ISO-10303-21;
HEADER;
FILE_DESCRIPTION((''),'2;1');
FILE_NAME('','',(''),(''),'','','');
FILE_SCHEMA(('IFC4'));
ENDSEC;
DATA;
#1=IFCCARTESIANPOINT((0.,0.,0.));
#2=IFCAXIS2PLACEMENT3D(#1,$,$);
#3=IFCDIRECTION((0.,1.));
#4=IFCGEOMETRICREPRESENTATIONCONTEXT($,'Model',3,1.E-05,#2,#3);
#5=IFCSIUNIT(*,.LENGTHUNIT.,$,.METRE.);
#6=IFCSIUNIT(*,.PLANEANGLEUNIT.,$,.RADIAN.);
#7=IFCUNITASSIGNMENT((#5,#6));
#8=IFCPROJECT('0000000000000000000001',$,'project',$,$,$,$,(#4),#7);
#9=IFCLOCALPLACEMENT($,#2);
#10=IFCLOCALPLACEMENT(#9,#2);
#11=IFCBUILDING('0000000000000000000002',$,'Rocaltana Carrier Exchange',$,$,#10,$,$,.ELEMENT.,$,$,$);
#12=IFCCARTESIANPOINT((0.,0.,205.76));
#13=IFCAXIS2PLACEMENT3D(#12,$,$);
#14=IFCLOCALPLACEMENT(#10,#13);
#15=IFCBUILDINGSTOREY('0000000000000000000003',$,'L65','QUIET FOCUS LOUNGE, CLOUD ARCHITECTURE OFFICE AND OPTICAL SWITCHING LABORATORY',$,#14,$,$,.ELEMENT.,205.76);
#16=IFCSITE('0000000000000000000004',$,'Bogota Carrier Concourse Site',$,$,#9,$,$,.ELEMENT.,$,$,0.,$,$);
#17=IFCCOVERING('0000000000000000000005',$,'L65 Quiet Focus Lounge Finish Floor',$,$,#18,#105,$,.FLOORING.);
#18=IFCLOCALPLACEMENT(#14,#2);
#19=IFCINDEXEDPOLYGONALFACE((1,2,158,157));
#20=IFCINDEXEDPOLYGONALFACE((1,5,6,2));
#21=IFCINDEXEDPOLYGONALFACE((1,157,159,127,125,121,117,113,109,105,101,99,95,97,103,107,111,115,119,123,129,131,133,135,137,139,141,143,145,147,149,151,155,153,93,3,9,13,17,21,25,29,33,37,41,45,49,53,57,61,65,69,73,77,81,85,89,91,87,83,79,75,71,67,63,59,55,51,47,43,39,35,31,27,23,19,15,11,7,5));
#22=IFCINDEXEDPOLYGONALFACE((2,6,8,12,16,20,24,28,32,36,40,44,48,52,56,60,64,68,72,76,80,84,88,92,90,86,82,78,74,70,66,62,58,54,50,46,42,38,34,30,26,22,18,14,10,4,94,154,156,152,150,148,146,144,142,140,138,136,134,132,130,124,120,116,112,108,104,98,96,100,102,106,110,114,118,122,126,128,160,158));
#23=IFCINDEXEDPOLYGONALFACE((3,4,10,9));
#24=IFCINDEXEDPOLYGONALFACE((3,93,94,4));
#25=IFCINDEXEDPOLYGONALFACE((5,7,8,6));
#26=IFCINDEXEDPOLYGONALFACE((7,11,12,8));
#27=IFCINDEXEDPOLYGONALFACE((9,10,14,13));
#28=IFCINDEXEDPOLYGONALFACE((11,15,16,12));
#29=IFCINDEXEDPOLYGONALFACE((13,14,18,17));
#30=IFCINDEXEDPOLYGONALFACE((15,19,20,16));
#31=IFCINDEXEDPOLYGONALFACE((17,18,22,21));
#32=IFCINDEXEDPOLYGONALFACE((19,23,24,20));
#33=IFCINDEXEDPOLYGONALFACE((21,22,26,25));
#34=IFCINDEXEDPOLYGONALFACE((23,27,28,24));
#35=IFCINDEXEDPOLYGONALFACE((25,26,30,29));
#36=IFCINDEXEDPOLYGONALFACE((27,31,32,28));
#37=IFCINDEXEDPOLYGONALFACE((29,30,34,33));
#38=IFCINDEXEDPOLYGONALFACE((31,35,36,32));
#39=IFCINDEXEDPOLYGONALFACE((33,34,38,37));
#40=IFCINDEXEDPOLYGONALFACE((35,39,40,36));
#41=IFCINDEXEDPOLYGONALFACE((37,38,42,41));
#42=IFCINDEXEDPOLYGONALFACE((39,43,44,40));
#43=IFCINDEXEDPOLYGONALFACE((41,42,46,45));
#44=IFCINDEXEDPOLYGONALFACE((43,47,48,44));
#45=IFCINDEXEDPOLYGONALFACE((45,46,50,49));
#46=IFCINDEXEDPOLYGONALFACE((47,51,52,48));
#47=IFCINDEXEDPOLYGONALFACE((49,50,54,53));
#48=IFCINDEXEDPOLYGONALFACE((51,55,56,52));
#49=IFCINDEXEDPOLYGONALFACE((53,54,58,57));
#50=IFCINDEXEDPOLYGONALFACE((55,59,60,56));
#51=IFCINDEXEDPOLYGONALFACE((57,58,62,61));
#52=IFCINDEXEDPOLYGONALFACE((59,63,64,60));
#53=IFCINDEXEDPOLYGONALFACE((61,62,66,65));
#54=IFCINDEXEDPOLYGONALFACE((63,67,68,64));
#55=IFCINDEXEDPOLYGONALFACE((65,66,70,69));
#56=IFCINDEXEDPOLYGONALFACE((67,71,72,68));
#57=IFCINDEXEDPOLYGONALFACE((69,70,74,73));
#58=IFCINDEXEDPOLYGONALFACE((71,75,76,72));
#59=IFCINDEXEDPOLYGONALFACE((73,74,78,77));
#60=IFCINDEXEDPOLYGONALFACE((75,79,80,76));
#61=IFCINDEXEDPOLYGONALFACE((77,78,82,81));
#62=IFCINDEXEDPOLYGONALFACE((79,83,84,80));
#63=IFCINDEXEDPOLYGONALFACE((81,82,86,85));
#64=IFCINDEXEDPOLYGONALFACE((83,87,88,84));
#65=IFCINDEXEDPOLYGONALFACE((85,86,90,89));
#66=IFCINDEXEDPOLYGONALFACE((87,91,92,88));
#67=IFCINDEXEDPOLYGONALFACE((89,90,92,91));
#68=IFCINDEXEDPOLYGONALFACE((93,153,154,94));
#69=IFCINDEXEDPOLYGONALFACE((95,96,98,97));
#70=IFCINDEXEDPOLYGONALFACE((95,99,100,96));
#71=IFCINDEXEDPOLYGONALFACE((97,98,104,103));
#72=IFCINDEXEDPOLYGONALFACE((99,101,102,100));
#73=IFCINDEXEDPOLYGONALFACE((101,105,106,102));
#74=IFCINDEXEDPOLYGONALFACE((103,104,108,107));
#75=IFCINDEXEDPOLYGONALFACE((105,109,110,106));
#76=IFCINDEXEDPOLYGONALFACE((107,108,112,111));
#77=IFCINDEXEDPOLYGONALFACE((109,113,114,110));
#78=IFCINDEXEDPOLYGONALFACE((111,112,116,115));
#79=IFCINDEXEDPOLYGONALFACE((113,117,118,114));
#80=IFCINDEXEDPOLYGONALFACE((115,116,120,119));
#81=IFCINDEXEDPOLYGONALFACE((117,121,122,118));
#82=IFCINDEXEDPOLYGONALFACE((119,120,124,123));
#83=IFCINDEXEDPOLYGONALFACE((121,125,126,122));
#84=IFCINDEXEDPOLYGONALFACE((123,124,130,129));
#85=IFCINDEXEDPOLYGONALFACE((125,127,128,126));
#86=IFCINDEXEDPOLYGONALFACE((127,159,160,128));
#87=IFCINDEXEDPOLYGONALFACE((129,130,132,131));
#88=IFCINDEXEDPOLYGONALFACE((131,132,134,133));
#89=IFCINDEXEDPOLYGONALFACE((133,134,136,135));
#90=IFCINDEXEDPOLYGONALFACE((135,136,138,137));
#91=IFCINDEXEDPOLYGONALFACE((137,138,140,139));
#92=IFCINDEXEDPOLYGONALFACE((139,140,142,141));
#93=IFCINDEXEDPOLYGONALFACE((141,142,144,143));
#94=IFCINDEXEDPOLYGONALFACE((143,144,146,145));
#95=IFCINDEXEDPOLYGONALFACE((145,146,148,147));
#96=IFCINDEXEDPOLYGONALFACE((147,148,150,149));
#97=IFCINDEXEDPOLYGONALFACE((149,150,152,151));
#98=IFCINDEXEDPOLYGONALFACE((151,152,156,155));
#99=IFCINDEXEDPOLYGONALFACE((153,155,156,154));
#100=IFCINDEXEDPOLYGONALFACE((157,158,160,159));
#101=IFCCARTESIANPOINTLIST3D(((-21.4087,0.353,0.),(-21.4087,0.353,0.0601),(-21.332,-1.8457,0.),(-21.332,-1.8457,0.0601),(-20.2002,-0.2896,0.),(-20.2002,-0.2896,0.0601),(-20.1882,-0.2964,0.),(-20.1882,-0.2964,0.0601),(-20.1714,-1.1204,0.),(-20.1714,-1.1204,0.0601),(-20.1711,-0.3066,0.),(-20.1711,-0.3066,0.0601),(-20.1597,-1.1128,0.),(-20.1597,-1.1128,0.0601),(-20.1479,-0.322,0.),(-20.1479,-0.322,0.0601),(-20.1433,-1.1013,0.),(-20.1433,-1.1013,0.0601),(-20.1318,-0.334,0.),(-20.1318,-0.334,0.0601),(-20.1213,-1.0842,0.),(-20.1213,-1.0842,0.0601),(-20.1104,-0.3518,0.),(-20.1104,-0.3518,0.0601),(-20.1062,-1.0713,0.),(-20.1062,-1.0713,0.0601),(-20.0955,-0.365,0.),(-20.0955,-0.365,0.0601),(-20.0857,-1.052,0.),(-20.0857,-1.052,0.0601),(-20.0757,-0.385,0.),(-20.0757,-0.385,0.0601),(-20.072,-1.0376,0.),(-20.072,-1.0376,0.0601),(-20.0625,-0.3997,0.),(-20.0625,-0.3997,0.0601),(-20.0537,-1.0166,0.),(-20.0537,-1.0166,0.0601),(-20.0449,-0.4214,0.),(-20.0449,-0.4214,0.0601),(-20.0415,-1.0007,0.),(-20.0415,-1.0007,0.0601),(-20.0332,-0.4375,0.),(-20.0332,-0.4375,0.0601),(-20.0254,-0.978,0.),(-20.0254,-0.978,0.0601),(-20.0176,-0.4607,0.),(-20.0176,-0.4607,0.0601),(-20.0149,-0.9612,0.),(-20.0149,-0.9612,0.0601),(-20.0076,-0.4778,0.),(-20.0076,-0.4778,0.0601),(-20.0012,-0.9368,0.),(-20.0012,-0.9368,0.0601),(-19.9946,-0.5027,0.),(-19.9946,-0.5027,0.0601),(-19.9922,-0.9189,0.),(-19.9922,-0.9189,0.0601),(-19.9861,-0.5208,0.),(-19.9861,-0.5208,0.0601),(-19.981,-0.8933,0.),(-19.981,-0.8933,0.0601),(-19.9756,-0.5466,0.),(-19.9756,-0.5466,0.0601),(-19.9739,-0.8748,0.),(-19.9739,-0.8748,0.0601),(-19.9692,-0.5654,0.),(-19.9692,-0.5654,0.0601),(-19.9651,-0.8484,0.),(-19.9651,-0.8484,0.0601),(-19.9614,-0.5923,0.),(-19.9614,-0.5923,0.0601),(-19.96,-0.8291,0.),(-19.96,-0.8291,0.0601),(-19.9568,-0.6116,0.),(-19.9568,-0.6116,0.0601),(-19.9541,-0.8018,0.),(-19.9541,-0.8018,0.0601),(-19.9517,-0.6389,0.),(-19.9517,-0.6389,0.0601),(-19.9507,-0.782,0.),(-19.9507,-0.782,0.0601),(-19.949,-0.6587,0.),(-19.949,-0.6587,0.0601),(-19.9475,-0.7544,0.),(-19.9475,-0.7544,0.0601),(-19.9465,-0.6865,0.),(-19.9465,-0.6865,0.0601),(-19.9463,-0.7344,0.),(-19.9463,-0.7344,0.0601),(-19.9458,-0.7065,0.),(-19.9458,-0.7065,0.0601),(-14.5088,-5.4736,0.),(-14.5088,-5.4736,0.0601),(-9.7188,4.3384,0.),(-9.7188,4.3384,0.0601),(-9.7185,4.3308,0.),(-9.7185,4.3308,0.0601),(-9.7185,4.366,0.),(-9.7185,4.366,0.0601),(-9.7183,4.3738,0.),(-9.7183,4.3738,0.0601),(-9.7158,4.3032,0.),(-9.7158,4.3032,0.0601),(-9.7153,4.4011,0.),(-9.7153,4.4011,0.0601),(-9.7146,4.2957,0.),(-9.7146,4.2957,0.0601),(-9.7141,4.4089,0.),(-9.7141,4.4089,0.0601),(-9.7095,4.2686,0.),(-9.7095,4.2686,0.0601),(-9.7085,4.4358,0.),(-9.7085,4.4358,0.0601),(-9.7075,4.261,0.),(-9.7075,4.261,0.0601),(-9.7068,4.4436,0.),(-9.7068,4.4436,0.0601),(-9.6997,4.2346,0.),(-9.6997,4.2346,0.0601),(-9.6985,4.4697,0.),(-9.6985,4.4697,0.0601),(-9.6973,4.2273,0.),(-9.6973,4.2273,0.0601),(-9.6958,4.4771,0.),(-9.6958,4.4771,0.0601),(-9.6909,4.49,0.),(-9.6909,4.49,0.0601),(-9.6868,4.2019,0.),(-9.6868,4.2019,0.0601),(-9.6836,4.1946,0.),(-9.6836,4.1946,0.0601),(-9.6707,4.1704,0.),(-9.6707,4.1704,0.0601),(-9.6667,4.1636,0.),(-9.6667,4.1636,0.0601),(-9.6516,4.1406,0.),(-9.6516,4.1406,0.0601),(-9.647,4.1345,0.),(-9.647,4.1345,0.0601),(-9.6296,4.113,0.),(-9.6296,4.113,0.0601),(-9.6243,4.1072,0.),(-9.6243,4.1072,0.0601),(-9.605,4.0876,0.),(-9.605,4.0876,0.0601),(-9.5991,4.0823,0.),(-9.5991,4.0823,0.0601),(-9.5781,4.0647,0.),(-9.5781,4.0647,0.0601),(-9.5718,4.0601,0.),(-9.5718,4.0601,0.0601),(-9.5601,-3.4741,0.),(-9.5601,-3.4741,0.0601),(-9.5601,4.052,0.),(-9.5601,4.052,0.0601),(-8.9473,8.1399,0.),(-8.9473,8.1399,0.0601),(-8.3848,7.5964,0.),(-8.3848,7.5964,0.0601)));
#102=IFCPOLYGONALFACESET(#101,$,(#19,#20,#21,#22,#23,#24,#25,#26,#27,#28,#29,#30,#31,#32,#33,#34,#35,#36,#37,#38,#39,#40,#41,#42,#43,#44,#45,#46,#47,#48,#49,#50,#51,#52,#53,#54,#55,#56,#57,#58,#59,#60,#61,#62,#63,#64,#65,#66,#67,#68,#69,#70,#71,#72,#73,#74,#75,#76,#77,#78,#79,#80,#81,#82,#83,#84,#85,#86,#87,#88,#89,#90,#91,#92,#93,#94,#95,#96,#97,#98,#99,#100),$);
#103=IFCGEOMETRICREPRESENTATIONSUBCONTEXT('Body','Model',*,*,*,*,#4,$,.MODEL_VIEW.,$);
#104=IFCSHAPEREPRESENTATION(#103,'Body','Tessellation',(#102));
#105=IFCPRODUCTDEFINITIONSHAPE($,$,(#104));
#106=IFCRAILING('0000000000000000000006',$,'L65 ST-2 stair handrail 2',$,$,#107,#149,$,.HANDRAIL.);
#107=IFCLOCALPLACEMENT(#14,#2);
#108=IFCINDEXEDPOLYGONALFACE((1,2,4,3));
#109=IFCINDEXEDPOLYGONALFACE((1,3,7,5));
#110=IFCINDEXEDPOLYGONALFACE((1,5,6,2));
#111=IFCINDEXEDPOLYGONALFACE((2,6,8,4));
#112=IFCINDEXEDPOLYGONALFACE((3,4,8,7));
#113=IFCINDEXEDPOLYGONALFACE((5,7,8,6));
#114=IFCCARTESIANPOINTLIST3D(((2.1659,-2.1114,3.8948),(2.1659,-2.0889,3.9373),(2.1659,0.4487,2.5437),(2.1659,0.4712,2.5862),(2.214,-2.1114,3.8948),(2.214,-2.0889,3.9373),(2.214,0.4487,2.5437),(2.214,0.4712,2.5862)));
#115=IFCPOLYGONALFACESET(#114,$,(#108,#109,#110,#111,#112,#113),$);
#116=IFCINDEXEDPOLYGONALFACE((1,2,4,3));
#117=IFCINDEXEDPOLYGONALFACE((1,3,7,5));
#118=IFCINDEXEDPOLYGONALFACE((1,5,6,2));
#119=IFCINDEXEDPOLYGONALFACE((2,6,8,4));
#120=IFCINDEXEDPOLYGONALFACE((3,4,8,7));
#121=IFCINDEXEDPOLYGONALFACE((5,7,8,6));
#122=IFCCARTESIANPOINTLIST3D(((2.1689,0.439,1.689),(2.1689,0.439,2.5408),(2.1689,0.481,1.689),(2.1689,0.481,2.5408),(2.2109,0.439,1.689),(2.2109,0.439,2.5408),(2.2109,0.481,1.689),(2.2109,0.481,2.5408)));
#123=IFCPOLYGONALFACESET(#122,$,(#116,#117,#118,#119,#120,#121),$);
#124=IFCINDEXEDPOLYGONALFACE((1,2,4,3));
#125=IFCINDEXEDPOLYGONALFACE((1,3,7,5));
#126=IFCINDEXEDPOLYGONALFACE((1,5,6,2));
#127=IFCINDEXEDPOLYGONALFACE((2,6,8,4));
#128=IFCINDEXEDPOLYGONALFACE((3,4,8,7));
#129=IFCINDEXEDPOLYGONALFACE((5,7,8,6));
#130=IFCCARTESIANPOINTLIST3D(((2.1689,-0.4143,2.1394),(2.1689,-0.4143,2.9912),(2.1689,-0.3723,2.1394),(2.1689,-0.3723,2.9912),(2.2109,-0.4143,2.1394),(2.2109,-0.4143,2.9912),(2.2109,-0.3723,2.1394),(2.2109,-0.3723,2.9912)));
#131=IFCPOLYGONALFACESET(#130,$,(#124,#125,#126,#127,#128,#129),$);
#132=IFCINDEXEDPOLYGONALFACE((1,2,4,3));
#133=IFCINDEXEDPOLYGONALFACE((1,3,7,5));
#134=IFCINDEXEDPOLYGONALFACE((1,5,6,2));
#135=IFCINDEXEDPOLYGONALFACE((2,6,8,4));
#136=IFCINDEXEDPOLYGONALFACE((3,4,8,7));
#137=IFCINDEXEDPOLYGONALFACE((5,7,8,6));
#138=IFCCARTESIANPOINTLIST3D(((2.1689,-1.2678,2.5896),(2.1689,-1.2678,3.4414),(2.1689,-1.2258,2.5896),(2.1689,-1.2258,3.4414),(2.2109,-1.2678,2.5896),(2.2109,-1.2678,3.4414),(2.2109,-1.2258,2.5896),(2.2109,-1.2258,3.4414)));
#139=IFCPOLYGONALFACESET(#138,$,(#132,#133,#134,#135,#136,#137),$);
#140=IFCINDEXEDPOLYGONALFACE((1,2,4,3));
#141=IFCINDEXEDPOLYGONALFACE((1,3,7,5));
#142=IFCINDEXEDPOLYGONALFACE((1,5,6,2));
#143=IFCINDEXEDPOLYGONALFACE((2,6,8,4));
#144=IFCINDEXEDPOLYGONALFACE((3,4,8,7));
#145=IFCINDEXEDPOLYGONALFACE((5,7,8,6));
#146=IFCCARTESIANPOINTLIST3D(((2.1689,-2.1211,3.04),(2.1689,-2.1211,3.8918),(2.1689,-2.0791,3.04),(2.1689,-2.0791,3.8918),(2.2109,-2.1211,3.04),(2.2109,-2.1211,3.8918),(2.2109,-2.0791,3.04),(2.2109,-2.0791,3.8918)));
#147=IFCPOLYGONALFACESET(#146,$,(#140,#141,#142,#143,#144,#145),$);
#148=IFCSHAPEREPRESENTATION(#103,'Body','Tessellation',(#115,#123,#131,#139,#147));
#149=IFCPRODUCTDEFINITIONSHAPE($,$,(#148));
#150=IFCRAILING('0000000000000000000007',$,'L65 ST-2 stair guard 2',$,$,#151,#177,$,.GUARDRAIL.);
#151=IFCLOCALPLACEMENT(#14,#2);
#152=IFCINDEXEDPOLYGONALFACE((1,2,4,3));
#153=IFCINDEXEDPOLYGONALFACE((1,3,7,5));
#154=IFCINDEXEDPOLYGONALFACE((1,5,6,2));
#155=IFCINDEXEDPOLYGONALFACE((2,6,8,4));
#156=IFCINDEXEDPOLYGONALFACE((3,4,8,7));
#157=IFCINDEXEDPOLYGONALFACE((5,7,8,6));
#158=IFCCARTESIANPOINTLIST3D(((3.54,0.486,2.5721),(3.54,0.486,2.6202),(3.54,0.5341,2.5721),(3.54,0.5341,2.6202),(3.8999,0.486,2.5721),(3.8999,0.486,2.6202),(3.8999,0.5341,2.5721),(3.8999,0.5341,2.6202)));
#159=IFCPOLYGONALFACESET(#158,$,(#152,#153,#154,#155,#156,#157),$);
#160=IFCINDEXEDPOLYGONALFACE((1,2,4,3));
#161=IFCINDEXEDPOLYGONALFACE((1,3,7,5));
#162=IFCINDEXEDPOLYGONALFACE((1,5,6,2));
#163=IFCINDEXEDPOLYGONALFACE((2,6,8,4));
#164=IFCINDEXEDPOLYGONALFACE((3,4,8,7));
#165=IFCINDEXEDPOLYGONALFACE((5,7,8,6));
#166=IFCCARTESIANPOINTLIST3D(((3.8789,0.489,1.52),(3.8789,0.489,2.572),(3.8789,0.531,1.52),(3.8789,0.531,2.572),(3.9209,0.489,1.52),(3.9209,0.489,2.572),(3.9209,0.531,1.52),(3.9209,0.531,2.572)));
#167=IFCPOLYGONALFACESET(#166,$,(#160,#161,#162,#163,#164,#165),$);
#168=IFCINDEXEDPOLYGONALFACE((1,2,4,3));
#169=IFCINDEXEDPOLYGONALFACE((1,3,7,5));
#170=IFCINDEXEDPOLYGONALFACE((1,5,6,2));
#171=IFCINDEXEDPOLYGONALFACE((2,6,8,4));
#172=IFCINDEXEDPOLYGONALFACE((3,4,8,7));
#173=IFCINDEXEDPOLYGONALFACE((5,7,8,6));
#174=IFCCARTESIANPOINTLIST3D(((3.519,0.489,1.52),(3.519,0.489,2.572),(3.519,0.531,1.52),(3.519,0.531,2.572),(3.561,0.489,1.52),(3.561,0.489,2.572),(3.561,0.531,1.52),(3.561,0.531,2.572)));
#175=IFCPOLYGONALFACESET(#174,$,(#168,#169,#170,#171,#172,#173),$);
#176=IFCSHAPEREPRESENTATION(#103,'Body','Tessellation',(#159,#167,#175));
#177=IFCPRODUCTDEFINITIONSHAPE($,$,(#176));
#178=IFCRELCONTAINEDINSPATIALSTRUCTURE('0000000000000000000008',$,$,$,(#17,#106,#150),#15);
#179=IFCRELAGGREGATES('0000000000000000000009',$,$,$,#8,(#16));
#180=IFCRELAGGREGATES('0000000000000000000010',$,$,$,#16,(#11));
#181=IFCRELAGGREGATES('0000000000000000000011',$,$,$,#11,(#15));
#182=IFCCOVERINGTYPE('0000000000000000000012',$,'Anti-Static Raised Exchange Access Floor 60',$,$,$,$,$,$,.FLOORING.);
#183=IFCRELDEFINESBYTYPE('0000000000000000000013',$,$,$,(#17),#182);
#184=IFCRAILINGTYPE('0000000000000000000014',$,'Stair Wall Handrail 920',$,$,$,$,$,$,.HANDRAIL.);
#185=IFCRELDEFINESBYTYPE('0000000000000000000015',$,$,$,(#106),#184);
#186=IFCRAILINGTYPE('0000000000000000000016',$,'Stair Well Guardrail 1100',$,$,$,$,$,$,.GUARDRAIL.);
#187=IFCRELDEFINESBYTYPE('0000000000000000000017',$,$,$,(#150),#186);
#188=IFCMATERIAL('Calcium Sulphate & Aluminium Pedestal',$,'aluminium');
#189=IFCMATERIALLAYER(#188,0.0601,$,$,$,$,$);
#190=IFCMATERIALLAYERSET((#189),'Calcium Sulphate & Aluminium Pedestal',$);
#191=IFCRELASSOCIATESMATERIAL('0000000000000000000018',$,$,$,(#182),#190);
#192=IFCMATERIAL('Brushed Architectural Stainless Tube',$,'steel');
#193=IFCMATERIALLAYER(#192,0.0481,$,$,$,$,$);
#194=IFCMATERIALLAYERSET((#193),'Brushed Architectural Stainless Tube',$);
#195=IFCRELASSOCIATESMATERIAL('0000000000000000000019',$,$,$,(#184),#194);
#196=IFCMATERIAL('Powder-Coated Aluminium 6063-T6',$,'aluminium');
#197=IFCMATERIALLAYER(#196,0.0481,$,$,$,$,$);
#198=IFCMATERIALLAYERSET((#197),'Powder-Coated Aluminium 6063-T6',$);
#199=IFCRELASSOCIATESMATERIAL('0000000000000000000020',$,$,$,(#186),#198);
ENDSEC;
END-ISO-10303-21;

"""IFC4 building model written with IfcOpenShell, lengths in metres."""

from ifc_helpers import new_model, si_unit, direction, frame, origin, origin_2d, place, context, subcontext, project, spatial, polyline, rectangle, outline, extrude, material, layer, layer_set, type_object, element, save


model = new_model("IFC4")

# Units and contexts
model_context = context("Model", 3, precision=1e-05, world=origin(), true_north=direction((0.0, 1.0)))
body_context = subcontext(model_context, "Body", "Model", "MODEL_VIEW")
ifc_project = project(units=[si_unit("LENGTHUNIT", "METRE"), si_unit("PLANEANGLEUNIT", "RADIAN")], contexts=[model_context])

# Site, building, storey
site_placement = place(None, origin())
site = spatial("IfcSite", under=ifc_project, at=site_placement, Name="Bogota Carrier Concourse Site", CompositionType="ELEMENT", RefElevation=0.0)
building_placement = place(site_placement, origin())
building = spatial("IfcBuilding", under=site, at=building_placement, Name="Rocaltana Carrier Exchange", CompositionType="ELEMENT")
storey_placement = place(building_placement, frame((0.0, 0.0, 205.76)))
storey = spatial("IfcBuildingStorey", under=building, at=storey_placement, Name="L65", Description="QUIET FOCUS LOUNGE, CLOUD ARCHITECTURE OFFICE AND OPTICAL SWITCHING LABORATORY", CompositionType="ELEMENT", Elevation=205.76)

# Covering
ifc_material_1 = material(Name="Calcium Sulphate & Aluminium Pedestal", Category="aluminium")
ifc_layer_1 = layer(ifc_material_1, 0.0601)
ifc_layer_set_1 = layer_set([ifc_layer_1], Name="Calcium Sulphate & Aluminium Pedestal")
covering_type = type_object("IfcCoveringType", Name="Anti-Static Raised Exchange Access Floor 60", PredefinedType="FLOORING", material=ifc_layer_set_1)
covering_placement = place(storey_placement, origin())
element("IfcCovering", 1, at=covering_placement, inside=storey, type_object=covering_type, Name="L65 Quiet Focus Lounge Finish Floor", PredefinedType="FLOORING", context=body_context, shape_type="SweptSolid", body=[
    extrude(outline(polyline([(-20.1714, -1.1204), (-20.1597, -1.1128), (-20.1433, -1.1013), (-20.1213, -1.0842), (-20.1062, -1.0713), (-20.0857, -1.052), (-20.072, -1.0376), (-20.0537, -1.0166), (-20.0415, -1.0007), (-20.0254, -0.978), (-20.0149, -0.9612), (-20.0012, -0.9368), (-19.9922, -0.9189), (-19.981, -0.8933), (-19.9739, -0.8748), (-19.9651, -0.8484), (-19.96, -0.8291), (-19.9541, -0.8018), (-19.9507, -0.782), (-19.9475, -0.7544), (-19.9463, -0.7344), (-19.9458, -0.7065), (-19.9465, -0.6865), (-19.949, -0.6587), (-19.9517, -0.6389), (-19.9568, -0.6116), (-19.9614, -0.5923), (-19.9692, -0.5654), (-19.9756, -0.5466), (-19.9861, -0.5208), (-19.9946, -0.5027), (-20.0076, -0.4778), (-20.0176, -0.4607), (-20.0332, -0.4375), (-20.0449, -0.4214), (-20.0625, -0.3997), (-20.0757, -0.385), (-20.0955, -0.365), (-20.1104, -0.3518), (-20.1318, -0.334), (-20.1479, -0.322), (-20.1711, -0.3066), (-20.1882, -0.2964), (-20.2002, -0.2896), (-21.4087, 0.353), (-8.9473, 8.1399), (-8.3848, 7.5964), (-9.6909, 4.49), (-9.6958, 4.4771), (-9.6985, 4.4697), (-9.7068, 4.4436), (-9.7085, 4.4358), (-9.7141, 4.4089), (-9.7153, 4.4011), (-9.7183, 4.3738), (-9.7185, 4.366), (-9.7188, 4.3384), (-9.7185, 4.3308), (-9.7158, 4.3032), (-9.7146, 4.2957), (-9.7095, 4.2686), (-9.7075, 4.261), (-9.6997, 4.2346), (-9.6973, 4.2273), (-9.6868, 4.2019), (-9.6836, 4.1946), (-9.6707, 4.1704), (-9.6667, 4.1636), (-9.6516, 4.1406), (-9.647, 4.1345), (-9.6296, 4.113), (-9.6243, 4.1072), (-9.605, 4.0876), (-9.5991, 4.0823), (-9.5781, 4.0647), (-9.5718, 4.0601), (-9.5601, 4.052), (-9.5601, -3.4741), (-14.5088, -5.4736), (-21.332, -1.8457), (-20.1714, -1.1204)])), origin(), (0.0, 0.0, 1.0), 0.0601),
])

# Railings
ifc_material_2 = material(Name="Brushed Architectural Stainless Tube", Category="steel")
ifc_layer_2 = layer(ifc_material_2, 0.0481)
ifc_layer_set_2 = layer_set([ifc_layer_2], Name="Brushed Architectural Stainless Tube")
railing_type_1 = type_object("IfcRailingType", Name="Stair Wall Handrail 920", PredefinedType="HANDRAIL", material=ifc_layer_set_2)
railing_1_placement = place(storey_placement, frame((2.1899, 0.46, 1.689)))
element("IfcRailing", 2, at=railing_1_placement, inside=storey, type_object=railing_type_1, Name="L65 ST-2 stair handrail 2", PredefinedType="HANDRAIL", context=body_context, shape_type="SweptSolid", body=[
    extrude(rectangle(XDim=0.0481, YDim=0.0481, at=origin_2d()), frame((0.0, 0.0, 0.876), z_axis=(0.0, -0.884394, 0.46674), x_axis=(1.0, 0.0, 0.0)), (0.0, 0.0, 1.0), 2.8948),
    extrude(rectangle(XDim=0.042, YDim=0.042, at=origin_2d()), origin(), (0.0, 0.0, 1.0), 0.8518),
    extrude(rectangle(XDim=0.042, YDim=0.042, at=origin_2d()), frame((0.0, -0.8533, 0.4504)), (0.0, 0.0, 1.0), 0.8518),
    extrude(rectangle(XDim=0.042, YDim=0.042, at=origin_2d()), frame((0.0, -1.7068, 0.9006)), (0.0, 0.0, 1.0), 0.8518),
    extrude(rectangle(XDim=0.042, YDim=0.042, at=origin_2d()), frame((0.0, -2.5601, 1.3511)), (0.0, 0.0, 1.0), 0.8518),
])
ifc_material_3 = material(Name="Powder-Coated Aluminium 6063-T6", Category="aluminium")
ifc_layer_3 = layer(ifc_material_3, 0.0481)
ifc_layer_set_3 = layer_set([ifc_layer_3], Name="Powder-Coated Aluminium 6063-T6")
railing_type_2 = type_object("IfcRailingType", Name="Stair Well Guardrail 1100", PredefinedType="GUARDRAIL", material=ifc_layer_set_3)
railing_2_placement = place(storey_placement, frame((3.8999, 0.51, 1.52)))
element("IfcRailing", 3, at=railing_2_placement, inside=storey, type_object=railing_type_2, Name="L65 ST-2 stair guard 2", PredefinedType="GUARDRAIL", context=body_context, shape_type="SweptSolid", body=[
    extrude(rectangle(XDim=0.0481, YDim=0.0481, at=origin_2d()), frame((0.0, 0.0, 1.0762), z_axis=(-1.0, 0.0, 0.0), x_axis=(0.0, -1.0, 0.0)), (0.0, 0.0, 1.0), 0.3599),
    extrude(rectangle(XDim=0.042, YDim=0.042, at=origin_2d()), origin(), (0.0, 0.0, 1.0), 1.052),
    extrude(rectangle(XDim=0.042, YDim=0.042, at=origin_2d()), frame((-0.3599, 0.0, 0.0)), (0.0, 0.0, 1.0), 1.052),
])

save(model, "model.ifc")
